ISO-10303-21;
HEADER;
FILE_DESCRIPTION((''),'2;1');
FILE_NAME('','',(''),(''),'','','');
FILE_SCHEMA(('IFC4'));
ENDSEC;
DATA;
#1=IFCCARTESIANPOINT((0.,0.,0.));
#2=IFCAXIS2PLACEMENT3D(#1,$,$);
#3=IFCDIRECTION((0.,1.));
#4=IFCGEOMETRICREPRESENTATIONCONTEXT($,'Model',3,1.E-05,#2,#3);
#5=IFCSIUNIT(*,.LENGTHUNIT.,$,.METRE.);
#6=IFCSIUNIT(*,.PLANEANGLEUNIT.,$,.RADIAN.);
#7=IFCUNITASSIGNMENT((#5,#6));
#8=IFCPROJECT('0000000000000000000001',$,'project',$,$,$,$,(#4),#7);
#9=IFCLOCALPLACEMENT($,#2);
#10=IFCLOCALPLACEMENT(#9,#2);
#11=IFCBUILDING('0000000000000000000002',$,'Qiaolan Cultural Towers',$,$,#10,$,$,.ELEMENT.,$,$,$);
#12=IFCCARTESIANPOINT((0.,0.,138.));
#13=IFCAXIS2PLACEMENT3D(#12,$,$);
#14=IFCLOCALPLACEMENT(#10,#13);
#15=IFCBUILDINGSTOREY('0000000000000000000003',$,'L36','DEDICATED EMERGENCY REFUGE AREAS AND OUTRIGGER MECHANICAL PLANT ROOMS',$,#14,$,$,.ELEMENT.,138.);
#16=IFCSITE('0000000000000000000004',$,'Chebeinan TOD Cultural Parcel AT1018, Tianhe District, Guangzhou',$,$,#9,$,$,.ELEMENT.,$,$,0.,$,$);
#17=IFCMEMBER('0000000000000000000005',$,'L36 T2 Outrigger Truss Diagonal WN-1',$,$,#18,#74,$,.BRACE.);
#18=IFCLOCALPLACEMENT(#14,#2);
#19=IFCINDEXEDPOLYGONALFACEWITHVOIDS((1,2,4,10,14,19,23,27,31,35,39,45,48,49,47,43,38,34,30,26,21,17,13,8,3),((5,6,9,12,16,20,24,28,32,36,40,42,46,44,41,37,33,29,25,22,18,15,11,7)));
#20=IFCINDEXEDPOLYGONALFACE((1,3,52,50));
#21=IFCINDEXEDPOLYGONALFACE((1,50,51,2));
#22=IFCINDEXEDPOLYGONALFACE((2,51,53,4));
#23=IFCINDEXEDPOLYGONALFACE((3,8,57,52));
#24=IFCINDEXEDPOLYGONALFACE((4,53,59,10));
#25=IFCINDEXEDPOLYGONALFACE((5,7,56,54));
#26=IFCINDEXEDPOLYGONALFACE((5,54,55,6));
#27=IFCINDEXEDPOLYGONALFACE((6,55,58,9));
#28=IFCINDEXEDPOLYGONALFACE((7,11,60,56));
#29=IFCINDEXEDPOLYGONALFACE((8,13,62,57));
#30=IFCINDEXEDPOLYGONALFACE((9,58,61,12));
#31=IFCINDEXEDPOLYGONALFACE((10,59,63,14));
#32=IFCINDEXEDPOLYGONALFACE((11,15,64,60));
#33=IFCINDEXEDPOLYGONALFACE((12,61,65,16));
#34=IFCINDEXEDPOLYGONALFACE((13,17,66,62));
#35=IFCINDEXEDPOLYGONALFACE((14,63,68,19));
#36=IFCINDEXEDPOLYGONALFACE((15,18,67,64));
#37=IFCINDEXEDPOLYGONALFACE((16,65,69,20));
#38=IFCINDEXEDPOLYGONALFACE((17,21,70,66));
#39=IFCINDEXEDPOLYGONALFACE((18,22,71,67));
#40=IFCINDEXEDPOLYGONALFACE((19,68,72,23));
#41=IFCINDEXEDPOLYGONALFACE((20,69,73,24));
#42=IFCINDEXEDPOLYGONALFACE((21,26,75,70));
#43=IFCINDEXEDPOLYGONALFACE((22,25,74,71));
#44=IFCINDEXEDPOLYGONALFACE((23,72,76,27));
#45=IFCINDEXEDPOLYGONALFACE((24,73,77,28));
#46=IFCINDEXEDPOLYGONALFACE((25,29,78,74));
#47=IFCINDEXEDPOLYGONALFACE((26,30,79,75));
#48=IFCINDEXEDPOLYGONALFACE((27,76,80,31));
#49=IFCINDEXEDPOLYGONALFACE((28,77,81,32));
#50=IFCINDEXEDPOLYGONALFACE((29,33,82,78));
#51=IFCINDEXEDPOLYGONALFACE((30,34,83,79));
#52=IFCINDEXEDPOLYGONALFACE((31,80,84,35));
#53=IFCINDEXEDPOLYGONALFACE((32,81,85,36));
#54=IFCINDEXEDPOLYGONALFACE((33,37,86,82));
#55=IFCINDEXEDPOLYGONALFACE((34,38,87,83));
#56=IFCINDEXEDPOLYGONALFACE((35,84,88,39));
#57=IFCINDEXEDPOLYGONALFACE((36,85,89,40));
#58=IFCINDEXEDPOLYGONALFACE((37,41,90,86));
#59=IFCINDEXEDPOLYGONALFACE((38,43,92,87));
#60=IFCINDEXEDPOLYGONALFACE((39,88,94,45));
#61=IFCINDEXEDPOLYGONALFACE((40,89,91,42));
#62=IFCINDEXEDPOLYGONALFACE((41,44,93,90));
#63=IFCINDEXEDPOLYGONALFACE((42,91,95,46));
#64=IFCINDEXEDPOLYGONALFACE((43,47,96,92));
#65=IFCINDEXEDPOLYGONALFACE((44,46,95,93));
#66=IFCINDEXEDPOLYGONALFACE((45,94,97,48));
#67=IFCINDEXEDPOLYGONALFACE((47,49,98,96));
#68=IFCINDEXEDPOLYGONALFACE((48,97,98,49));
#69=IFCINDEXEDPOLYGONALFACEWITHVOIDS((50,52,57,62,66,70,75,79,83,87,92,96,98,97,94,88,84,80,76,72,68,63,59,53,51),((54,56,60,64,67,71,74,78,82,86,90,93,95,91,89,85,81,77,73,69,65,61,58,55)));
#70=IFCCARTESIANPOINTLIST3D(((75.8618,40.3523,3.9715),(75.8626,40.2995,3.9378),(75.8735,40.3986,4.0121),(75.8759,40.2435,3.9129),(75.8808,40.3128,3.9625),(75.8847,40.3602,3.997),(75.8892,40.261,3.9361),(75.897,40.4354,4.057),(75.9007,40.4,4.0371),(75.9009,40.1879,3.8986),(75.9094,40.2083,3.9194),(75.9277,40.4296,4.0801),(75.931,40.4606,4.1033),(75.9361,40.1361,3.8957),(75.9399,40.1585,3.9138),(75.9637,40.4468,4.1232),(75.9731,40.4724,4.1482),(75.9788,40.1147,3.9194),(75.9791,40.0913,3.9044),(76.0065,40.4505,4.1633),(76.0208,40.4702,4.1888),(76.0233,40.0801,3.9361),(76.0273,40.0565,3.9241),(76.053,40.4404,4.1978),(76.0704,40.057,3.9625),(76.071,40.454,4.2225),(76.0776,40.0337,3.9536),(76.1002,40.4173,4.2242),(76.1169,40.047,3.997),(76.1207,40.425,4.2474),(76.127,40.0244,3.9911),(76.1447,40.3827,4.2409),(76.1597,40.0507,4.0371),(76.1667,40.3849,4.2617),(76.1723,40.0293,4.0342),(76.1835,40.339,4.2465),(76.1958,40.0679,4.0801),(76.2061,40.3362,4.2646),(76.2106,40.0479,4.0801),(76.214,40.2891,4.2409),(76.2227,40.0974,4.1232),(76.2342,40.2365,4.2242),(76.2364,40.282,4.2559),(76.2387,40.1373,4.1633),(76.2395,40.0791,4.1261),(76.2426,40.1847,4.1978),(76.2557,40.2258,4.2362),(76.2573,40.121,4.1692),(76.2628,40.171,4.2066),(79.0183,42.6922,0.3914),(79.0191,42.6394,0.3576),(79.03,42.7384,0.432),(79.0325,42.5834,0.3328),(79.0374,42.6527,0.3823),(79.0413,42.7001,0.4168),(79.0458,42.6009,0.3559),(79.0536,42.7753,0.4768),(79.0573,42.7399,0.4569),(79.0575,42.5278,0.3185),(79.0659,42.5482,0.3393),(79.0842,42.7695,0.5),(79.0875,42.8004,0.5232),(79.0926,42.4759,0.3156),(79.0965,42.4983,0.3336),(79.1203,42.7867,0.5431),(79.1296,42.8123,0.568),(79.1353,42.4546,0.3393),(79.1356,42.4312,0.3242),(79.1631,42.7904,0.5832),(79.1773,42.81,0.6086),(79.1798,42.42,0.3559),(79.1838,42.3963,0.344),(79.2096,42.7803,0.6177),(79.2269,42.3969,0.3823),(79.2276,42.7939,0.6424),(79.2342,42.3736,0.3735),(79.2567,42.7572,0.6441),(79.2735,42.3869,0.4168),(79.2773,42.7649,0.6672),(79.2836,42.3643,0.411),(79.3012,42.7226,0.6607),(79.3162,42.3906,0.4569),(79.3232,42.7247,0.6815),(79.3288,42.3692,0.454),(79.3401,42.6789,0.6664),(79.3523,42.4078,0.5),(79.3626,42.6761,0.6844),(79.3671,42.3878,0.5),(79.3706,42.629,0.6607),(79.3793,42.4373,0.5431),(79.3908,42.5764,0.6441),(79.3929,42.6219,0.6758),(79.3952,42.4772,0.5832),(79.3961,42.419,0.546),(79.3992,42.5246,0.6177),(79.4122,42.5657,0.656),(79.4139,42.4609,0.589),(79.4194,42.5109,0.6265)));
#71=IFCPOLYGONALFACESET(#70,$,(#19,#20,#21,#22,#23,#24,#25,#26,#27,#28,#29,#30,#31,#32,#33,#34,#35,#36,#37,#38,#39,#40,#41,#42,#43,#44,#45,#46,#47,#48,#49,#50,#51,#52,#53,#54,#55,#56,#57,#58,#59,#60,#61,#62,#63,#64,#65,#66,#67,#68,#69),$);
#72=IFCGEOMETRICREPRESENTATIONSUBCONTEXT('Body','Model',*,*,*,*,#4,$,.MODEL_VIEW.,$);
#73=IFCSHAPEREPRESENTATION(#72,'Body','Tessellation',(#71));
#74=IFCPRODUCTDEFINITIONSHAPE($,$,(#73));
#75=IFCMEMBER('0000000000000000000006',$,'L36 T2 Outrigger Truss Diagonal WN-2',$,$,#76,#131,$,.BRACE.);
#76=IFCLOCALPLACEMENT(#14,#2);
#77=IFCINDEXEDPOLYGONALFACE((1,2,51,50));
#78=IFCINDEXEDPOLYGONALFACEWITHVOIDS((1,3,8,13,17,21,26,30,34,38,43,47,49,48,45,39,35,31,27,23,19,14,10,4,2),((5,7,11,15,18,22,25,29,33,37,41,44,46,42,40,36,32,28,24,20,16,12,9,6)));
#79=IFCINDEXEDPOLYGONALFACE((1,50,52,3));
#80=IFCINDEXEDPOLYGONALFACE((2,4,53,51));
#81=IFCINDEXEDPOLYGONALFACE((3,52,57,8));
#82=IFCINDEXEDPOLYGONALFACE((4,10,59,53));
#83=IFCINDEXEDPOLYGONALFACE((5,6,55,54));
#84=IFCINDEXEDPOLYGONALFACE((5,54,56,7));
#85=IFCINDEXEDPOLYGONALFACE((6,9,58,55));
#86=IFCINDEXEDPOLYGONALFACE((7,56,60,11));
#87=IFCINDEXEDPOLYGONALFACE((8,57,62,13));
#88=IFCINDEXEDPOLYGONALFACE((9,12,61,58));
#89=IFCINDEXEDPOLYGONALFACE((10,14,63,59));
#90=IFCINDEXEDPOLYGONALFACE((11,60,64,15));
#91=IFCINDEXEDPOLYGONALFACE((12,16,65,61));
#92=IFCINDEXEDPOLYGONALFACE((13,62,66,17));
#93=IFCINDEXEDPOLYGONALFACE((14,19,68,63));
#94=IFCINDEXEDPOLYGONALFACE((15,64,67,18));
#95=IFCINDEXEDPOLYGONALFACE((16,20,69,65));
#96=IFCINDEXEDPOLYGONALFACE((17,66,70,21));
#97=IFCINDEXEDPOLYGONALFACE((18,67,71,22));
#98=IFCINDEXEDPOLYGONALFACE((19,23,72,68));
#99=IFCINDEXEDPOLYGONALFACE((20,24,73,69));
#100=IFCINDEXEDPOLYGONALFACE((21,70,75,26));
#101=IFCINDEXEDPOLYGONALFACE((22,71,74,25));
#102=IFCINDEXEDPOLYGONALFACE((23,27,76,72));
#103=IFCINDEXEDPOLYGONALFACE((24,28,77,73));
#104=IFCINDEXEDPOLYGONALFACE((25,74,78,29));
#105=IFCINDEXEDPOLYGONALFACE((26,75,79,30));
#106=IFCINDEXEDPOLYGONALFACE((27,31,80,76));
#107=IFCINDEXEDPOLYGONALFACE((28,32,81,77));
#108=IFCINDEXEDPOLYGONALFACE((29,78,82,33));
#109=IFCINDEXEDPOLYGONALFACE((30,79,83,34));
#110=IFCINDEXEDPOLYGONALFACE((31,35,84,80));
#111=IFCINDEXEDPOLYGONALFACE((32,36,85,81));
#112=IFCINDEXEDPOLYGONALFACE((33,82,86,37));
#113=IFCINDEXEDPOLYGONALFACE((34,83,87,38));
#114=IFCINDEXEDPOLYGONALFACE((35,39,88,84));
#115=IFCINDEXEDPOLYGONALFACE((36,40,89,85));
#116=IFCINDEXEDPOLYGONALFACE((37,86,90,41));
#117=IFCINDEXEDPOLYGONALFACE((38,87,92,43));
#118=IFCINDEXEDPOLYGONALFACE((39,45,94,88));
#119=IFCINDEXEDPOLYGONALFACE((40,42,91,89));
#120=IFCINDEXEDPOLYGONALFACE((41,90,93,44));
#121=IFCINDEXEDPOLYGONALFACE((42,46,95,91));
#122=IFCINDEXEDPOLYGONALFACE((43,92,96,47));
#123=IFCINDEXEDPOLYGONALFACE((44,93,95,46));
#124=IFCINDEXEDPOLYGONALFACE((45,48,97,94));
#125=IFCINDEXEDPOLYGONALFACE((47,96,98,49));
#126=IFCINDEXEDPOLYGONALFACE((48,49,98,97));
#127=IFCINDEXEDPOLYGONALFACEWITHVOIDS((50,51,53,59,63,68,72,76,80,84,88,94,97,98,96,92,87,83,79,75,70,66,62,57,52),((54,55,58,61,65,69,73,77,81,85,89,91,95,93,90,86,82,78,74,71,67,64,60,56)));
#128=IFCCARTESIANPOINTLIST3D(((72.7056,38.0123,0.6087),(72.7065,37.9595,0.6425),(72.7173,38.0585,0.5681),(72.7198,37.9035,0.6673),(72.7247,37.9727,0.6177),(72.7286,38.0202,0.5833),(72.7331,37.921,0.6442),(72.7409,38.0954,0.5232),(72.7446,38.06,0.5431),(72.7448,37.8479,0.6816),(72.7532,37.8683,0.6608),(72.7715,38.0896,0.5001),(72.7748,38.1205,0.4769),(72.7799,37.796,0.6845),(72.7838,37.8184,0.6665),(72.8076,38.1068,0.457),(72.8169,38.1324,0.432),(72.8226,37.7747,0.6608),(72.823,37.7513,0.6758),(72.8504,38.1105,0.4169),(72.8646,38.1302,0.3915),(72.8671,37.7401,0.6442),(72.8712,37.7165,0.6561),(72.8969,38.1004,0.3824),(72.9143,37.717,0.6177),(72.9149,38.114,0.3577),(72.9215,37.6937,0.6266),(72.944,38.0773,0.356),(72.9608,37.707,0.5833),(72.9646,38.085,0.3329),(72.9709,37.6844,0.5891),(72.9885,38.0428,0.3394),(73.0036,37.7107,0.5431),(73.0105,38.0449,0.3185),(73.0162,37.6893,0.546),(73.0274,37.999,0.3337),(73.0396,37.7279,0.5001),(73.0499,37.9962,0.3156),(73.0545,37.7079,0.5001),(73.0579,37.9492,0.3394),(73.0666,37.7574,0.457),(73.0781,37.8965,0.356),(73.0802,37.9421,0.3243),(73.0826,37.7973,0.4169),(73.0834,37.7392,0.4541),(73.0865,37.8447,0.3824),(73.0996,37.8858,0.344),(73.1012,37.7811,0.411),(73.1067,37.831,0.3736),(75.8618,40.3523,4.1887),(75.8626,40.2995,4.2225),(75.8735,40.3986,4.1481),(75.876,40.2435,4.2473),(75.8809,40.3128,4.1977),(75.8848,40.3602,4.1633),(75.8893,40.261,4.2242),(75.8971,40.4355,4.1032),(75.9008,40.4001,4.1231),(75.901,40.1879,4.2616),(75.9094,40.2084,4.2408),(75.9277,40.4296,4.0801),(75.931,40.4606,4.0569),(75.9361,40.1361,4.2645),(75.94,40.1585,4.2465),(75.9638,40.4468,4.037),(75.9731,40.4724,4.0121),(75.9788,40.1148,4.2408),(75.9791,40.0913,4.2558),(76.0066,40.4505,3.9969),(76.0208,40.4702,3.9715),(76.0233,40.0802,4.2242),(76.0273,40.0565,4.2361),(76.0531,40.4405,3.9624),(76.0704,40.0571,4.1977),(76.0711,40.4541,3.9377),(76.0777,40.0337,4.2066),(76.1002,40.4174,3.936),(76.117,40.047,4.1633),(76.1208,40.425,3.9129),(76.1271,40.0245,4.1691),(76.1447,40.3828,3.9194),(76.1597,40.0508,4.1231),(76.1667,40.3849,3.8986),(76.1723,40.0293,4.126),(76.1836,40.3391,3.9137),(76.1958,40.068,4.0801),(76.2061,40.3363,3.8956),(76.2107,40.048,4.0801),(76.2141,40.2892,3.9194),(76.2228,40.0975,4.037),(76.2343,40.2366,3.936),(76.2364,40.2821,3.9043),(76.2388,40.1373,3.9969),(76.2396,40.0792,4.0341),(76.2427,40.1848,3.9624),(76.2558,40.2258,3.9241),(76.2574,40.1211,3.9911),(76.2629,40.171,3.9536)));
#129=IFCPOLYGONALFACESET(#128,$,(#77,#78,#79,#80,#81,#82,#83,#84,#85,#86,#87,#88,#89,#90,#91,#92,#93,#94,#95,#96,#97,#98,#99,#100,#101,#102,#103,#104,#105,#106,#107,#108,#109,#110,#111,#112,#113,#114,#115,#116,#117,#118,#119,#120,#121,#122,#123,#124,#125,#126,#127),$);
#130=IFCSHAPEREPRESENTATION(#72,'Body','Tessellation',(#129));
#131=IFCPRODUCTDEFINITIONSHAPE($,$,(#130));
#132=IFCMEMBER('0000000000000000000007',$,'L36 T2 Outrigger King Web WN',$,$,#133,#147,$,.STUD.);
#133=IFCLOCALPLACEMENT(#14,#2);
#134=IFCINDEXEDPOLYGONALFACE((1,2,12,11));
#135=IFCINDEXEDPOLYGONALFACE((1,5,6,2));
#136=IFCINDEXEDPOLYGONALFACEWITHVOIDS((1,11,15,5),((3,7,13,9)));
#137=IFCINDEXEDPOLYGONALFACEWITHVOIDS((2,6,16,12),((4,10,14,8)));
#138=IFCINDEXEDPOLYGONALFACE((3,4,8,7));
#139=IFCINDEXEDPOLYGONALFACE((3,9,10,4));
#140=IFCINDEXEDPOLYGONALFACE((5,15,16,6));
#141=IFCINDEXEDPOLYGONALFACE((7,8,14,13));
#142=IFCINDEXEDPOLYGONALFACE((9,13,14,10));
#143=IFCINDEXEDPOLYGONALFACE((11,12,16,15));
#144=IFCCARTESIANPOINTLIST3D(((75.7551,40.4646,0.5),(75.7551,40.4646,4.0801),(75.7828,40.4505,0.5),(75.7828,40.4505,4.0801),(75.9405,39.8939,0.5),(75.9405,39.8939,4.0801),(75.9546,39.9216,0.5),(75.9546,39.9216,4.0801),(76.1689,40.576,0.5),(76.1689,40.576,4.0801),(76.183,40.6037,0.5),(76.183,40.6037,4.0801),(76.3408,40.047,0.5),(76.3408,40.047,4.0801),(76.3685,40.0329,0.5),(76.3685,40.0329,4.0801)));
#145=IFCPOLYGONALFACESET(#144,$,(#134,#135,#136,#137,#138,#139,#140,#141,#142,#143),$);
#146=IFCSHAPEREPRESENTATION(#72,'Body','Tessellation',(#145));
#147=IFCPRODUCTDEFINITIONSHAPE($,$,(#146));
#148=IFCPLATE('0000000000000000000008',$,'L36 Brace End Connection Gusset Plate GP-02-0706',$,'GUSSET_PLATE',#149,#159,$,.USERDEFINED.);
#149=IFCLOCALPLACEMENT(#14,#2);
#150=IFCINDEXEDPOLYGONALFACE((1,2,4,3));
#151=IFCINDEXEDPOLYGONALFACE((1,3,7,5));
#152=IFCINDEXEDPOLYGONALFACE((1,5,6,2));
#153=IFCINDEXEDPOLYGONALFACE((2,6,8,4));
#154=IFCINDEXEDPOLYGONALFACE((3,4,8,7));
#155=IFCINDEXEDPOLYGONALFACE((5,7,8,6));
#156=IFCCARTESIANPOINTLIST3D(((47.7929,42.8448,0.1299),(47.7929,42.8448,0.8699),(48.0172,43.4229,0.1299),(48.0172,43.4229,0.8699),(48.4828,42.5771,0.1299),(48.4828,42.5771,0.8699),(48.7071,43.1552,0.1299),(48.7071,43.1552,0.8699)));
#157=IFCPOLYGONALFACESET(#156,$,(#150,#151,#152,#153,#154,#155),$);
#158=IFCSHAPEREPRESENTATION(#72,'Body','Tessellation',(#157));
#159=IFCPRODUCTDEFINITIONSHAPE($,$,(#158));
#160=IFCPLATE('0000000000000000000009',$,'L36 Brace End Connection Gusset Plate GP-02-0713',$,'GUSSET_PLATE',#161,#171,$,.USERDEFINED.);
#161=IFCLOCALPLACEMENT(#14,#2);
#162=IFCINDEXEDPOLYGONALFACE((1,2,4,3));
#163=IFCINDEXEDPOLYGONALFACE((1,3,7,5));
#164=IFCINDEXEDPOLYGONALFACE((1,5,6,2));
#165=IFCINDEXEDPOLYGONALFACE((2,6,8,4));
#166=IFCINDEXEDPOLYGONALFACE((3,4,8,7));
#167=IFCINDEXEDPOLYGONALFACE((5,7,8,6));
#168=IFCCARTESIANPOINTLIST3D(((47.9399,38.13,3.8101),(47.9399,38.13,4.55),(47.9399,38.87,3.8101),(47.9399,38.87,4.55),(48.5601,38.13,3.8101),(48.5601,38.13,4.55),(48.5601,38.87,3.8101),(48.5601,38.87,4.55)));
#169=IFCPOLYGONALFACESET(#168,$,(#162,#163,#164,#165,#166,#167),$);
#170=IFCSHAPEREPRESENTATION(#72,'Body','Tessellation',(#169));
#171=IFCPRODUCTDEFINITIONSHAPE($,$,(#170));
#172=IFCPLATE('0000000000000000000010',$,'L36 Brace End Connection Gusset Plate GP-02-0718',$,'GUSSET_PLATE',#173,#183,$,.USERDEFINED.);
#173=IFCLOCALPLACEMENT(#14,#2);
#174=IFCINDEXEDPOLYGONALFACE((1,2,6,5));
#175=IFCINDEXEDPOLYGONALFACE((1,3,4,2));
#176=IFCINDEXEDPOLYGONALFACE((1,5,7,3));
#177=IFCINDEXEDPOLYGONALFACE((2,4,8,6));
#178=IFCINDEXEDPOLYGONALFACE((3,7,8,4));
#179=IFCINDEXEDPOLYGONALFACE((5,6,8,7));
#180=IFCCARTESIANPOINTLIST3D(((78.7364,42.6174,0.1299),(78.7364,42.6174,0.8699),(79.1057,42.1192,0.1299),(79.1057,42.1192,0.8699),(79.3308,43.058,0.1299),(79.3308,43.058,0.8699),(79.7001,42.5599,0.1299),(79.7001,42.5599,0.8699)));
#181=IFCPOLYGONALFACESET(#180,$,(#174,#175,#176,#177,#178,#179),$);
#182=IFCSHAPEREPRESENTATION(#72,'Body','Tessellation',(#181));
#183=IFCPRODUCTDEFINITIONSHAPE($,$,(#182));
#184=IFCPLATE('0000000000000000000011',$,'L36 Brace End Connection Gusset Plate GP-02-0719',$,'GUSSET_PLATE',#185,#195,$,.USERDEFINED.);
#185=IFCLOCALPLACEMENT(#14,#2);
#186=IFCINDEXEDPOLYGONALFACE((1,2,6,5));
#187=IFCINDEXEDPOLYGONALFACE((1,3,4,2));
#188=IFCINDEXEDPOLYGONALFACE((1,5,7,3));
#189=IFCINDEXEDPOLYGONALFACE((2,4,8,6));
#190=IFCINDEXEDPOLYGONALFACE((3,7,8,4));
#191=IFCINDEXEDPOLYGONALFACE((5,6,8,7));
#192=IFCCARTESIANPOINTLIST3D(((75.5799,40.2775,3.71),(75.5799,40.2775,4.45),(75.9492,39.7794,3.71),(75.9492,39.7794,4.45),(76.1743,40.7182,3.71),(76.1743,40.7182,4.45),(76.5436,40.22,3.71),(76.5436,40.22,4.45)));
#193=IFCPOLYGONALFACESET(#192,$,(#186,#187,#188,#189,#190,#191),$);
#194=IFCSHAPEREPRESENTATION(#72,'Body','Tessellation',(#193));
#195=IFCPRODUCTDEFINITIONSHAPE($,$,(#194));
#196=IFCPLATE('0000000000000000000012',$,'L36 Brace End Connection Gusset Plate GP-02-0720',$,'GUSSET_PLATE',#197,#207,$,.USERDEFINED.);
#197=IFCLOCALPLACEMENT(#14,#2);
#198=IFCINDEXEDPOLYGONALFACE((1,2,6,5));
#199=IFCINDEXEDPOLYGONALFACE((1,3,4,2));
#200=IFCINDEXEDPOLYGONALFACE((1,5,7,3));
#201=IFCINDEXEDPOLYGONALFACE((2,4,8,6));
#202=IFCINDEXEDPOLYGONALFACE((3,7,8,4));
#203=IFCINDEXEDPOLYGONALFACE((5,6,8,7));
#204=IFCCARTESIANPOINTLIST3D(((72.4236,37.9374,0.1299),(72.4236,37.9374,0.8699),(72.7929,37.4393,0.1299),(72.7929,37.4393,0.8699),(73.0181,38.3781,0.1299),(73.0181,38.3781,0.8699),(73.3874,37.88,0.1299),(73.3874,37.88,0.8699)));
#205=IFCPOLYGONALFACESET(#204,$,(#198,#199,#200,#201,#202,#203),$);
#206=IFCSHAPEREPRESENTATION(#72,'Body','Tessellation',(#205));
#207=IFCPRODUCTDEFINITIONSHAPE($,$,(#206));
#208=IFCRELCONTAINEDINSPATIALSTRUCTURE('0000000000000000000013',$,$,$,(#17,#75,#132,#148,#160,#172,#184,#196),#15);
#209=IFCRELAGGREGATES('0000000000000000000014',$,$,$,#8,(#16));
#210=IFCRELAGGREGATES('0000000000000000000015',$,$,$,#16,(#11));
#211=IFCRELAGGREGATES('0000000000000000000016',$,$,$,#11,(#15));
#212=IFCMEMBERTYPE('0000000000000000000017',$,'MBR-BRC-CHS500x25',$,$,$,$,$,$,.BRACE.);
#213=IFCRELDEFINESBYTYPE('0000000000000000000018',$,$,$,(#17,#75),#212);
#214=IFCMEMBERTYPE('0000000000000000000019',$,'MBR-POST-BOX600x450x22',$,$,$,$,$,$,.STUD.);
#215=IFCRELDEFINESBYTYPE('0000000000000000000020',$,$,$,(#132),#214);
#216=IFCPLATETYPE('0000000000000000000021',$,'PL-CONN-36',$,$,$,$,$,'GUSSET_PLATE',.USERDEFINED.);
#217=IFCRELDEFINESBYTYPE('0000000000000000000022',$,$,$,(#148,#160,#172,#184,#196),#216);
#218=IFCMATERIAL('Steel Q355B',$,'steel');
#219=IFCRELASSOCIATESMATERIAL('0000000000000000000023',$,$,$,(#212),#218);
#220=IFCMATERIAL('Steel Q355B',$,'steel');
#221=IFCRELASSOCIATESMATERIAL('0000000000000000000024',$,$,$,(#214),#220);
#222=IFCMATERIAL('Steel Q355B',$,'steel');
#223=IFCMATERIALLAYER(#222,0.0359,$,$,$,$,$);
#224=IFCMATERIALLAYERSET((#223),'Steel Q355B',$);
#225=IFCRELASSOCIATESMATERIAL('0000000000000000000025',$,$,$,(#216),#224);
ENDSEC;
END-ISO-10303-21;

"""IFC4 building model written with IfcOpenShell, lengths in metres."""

from ifc_helpers import new_model, si_unit, direction, frame, origin, origin_2d, place, context, subcontext, project, spatial, rectangle, hollow_rectangle, hollow_circle, extrude, material, layer, layer_set, material_profile, profile_set, type_object, element, save


model = new_model("IFC4")

# Units and contexts
model_context = context("Model", 3, precision=1e-05, world=origin(), true_north=direction((0.0, 1.0)))
body_context = subcontext(model_context, "Body", "Model", "MODEL_VIEW")
ifc_project = project(units=[si_unit("LENGTHUNIT", "METRE"), si_unit("PLANEANGLEUNIT", "RADIAN")], contexts=[model_context])

# Site, building, storey
site_placement = place(None, origin())
site = spatial("IfcSite", under=ifc_project, at=site_placement, Name="Chebeinan TOD Cultural Parcel AT1018, Tianhe District, Guangzhou", CompositionType="ELEMENT", RefElevation=0.0)
building_placement = place(site_placement, origin())
building = spatial("IfcBuilding", under=site, at=building_placement, Name="Qiaolan Cultural Towers", CompositionType="ELEMENT")
storey_placement = place(building_placement, frame((0.0, 0.0, 138.0)))
storey = spatial("IfcBuildingStorey", under=building, at=storey_placement, Name="L36", Description="DEDICATED EMERGENCY REFUGE AREAS AND OUTRIGGER MECHANICAL PLANT ROOMS", CompositionType="ELEMENT", Elevation=138.0)

# Members
ifc_material_1 = material(Name="Steel Q355B", Category="steel")
ifc_material_profile_1 = material_profile(ifc_material_1, hollow_circle(Radius=0.25, WallThickness=0.0249, at=origin_2d()), Name="CHS500x25")
ifc_profile_set_1 = profile_set([ifc_material_profile_1], Name="Steel Q355B")
member_type_1 = type_object("IfcMemberType", Name="MBR-BRC-CHS500x25", PredefinedType="BRACE", material=ifc_profile_set_1)
member_1_placement = place(storey_placement, frame((79.2183, 42.5886, 0.5), z_axis=(-0.59382, -0.440187, 0.673508), x_axis=(0.595507, -0.80335, 0.0)))
element("IfcMember", 1, at=member_1_placement, inside=storey, type_object=member_type_1, Name="L36 T2 Outrigger Truss Diagonal WN-1", PredefinedType="BRACE", context=body_context, shape_type="SweptSolid", body=[
    extrude(hollow_circle(Radius=0.25, WallThickness=0.0249, at=origin_2d()), origin(), (0.0, 0.0, 1.0), 5.3157),
])
member_2_placement = place(storey_placement, frame((76.0618, 40.2488, 4.0801), z_axis=(-0.593779, -0.440236, -0.673513), x_axis=(0.595577, -0.803298, 0.0)))
element("IfcMember", 2, at=member_2_placement, inside=storey, type_object=member_type_1, Name="L36 T2 Outrigger Truss Diagonal WN-2", PredefinedType="BRACE", context=body_context, shape_type="SweptSolid", body=[
    extrude(hollow_circle(Radius=0.25, WallThickness=0.0249, at=origin_2d()), origin(), (0.0, 0.0, 1.0), 5.3154),
])
ifc_material_2 = material(Name="Steel Q355B", Category="steel")
ifc_material_profile_2 = material_profile(ifc_material_2, hollow_rectangle(XDim=0.45, YDim=0.6001, WallThickness=0.022, at=origin_2d()), Name="BOX600x450x22")
ifc_profile_set_2 = profile_set([ifc_material_profile_2], Name="Steel Q355B")
member_type_2 = type_object("IfcMemberType", Name="MBR-POST-BOX600x450x22", PredefinedType="STUD", material=ifc_profile_set_2)
member_3_placement = place(storey_placement, frame((76.0618, 40.2488, 0.5), z_axis=(0.0, 0.0, 1.0), x_axis=(0.951057, 0.309017, 0.0)))
element("IfcMember", 3, at=member_3_placement, inside=storey, type_object=member_type_2, Name="L36 T2 Outrigger King Web WN", PredefinedType="STUD", context=body_context, shape_type="SweptSolid", body=[
    extrude(hollow_rectangle(XDim=0.45, YDim=0.6001, WallThickness=0.022, at=origin_2d()), origin(), (0.0, 0.0, 1.0), 3.5801),
])

# Plates
ifc_material_3 = material(Name="Steel Q355B", Category="steel")
ifc_layer_1 = layer(ifc_material_3, 0.0359)
ifc_layer_set_1 = layer_set([ifc_layer_1], Name="Steel Q355B")
plate_type = type_object("IfcPlateType", Name="PL-CONN-36", ElementType="GUSSET_PLATE", PredefinedType="USERDEFINED", material=ifc_layer_set_1)
for number, where, z_axis, x_axis, name in (
    (4, (48.25, 43.0, 0.1299), (0.0, 0.0, 1.0), (-0.932266, 0.361775, 0.0), "L36 Brace End Connection Gusset Plate GP-02-0706"),
    (5, (48.25, 38.5, 3.8101), (0.0, 0.0, 1.0), (0.0, 1.0, 0.0), "L36 Brace End Connection Gusset Plate GP-02-0713"),
    (6, (79.2183, 42.5886, 0.1299), (0.0, 0.0, 1.0), (0.803335, 0.595527, 0.0), "L36 Brace End Connection Gusset Plate GP-02-0718"),
    (7, (76.0618, 40.2488, 3.71), (0.0, 0.0, 1.0), (0.803335, 0.595527, 0.0), "L36 Brace End Connection Gusset Plate GP-02-0719"),
    (8, (72.9055, 37.9087, 0.1299), (0.0, 0.0, 1.0), (0.803335, 0.595527, 0.0), "L36 Brace End Connection Gusset Plate GP-02-0720"),
):
    element("IfcPlate", number, at=place(storey_placement, frame(where, z_axis=z_axis, x_axis=x_axis)), inside=storey, type_object=plate_type, Name=name, ObjectType="GUSSET_PLATE", PredefinedType="USERDEFINED", context=body_context, shape_type="SweptSolid", body=[
        extrude(rectangle(XDim=0.74, YDim=0.6201, at=origin_2d()), origin(), (0.0, 0.0, 1.0), 0.74),
    ])

save(model, "model.ifc")
